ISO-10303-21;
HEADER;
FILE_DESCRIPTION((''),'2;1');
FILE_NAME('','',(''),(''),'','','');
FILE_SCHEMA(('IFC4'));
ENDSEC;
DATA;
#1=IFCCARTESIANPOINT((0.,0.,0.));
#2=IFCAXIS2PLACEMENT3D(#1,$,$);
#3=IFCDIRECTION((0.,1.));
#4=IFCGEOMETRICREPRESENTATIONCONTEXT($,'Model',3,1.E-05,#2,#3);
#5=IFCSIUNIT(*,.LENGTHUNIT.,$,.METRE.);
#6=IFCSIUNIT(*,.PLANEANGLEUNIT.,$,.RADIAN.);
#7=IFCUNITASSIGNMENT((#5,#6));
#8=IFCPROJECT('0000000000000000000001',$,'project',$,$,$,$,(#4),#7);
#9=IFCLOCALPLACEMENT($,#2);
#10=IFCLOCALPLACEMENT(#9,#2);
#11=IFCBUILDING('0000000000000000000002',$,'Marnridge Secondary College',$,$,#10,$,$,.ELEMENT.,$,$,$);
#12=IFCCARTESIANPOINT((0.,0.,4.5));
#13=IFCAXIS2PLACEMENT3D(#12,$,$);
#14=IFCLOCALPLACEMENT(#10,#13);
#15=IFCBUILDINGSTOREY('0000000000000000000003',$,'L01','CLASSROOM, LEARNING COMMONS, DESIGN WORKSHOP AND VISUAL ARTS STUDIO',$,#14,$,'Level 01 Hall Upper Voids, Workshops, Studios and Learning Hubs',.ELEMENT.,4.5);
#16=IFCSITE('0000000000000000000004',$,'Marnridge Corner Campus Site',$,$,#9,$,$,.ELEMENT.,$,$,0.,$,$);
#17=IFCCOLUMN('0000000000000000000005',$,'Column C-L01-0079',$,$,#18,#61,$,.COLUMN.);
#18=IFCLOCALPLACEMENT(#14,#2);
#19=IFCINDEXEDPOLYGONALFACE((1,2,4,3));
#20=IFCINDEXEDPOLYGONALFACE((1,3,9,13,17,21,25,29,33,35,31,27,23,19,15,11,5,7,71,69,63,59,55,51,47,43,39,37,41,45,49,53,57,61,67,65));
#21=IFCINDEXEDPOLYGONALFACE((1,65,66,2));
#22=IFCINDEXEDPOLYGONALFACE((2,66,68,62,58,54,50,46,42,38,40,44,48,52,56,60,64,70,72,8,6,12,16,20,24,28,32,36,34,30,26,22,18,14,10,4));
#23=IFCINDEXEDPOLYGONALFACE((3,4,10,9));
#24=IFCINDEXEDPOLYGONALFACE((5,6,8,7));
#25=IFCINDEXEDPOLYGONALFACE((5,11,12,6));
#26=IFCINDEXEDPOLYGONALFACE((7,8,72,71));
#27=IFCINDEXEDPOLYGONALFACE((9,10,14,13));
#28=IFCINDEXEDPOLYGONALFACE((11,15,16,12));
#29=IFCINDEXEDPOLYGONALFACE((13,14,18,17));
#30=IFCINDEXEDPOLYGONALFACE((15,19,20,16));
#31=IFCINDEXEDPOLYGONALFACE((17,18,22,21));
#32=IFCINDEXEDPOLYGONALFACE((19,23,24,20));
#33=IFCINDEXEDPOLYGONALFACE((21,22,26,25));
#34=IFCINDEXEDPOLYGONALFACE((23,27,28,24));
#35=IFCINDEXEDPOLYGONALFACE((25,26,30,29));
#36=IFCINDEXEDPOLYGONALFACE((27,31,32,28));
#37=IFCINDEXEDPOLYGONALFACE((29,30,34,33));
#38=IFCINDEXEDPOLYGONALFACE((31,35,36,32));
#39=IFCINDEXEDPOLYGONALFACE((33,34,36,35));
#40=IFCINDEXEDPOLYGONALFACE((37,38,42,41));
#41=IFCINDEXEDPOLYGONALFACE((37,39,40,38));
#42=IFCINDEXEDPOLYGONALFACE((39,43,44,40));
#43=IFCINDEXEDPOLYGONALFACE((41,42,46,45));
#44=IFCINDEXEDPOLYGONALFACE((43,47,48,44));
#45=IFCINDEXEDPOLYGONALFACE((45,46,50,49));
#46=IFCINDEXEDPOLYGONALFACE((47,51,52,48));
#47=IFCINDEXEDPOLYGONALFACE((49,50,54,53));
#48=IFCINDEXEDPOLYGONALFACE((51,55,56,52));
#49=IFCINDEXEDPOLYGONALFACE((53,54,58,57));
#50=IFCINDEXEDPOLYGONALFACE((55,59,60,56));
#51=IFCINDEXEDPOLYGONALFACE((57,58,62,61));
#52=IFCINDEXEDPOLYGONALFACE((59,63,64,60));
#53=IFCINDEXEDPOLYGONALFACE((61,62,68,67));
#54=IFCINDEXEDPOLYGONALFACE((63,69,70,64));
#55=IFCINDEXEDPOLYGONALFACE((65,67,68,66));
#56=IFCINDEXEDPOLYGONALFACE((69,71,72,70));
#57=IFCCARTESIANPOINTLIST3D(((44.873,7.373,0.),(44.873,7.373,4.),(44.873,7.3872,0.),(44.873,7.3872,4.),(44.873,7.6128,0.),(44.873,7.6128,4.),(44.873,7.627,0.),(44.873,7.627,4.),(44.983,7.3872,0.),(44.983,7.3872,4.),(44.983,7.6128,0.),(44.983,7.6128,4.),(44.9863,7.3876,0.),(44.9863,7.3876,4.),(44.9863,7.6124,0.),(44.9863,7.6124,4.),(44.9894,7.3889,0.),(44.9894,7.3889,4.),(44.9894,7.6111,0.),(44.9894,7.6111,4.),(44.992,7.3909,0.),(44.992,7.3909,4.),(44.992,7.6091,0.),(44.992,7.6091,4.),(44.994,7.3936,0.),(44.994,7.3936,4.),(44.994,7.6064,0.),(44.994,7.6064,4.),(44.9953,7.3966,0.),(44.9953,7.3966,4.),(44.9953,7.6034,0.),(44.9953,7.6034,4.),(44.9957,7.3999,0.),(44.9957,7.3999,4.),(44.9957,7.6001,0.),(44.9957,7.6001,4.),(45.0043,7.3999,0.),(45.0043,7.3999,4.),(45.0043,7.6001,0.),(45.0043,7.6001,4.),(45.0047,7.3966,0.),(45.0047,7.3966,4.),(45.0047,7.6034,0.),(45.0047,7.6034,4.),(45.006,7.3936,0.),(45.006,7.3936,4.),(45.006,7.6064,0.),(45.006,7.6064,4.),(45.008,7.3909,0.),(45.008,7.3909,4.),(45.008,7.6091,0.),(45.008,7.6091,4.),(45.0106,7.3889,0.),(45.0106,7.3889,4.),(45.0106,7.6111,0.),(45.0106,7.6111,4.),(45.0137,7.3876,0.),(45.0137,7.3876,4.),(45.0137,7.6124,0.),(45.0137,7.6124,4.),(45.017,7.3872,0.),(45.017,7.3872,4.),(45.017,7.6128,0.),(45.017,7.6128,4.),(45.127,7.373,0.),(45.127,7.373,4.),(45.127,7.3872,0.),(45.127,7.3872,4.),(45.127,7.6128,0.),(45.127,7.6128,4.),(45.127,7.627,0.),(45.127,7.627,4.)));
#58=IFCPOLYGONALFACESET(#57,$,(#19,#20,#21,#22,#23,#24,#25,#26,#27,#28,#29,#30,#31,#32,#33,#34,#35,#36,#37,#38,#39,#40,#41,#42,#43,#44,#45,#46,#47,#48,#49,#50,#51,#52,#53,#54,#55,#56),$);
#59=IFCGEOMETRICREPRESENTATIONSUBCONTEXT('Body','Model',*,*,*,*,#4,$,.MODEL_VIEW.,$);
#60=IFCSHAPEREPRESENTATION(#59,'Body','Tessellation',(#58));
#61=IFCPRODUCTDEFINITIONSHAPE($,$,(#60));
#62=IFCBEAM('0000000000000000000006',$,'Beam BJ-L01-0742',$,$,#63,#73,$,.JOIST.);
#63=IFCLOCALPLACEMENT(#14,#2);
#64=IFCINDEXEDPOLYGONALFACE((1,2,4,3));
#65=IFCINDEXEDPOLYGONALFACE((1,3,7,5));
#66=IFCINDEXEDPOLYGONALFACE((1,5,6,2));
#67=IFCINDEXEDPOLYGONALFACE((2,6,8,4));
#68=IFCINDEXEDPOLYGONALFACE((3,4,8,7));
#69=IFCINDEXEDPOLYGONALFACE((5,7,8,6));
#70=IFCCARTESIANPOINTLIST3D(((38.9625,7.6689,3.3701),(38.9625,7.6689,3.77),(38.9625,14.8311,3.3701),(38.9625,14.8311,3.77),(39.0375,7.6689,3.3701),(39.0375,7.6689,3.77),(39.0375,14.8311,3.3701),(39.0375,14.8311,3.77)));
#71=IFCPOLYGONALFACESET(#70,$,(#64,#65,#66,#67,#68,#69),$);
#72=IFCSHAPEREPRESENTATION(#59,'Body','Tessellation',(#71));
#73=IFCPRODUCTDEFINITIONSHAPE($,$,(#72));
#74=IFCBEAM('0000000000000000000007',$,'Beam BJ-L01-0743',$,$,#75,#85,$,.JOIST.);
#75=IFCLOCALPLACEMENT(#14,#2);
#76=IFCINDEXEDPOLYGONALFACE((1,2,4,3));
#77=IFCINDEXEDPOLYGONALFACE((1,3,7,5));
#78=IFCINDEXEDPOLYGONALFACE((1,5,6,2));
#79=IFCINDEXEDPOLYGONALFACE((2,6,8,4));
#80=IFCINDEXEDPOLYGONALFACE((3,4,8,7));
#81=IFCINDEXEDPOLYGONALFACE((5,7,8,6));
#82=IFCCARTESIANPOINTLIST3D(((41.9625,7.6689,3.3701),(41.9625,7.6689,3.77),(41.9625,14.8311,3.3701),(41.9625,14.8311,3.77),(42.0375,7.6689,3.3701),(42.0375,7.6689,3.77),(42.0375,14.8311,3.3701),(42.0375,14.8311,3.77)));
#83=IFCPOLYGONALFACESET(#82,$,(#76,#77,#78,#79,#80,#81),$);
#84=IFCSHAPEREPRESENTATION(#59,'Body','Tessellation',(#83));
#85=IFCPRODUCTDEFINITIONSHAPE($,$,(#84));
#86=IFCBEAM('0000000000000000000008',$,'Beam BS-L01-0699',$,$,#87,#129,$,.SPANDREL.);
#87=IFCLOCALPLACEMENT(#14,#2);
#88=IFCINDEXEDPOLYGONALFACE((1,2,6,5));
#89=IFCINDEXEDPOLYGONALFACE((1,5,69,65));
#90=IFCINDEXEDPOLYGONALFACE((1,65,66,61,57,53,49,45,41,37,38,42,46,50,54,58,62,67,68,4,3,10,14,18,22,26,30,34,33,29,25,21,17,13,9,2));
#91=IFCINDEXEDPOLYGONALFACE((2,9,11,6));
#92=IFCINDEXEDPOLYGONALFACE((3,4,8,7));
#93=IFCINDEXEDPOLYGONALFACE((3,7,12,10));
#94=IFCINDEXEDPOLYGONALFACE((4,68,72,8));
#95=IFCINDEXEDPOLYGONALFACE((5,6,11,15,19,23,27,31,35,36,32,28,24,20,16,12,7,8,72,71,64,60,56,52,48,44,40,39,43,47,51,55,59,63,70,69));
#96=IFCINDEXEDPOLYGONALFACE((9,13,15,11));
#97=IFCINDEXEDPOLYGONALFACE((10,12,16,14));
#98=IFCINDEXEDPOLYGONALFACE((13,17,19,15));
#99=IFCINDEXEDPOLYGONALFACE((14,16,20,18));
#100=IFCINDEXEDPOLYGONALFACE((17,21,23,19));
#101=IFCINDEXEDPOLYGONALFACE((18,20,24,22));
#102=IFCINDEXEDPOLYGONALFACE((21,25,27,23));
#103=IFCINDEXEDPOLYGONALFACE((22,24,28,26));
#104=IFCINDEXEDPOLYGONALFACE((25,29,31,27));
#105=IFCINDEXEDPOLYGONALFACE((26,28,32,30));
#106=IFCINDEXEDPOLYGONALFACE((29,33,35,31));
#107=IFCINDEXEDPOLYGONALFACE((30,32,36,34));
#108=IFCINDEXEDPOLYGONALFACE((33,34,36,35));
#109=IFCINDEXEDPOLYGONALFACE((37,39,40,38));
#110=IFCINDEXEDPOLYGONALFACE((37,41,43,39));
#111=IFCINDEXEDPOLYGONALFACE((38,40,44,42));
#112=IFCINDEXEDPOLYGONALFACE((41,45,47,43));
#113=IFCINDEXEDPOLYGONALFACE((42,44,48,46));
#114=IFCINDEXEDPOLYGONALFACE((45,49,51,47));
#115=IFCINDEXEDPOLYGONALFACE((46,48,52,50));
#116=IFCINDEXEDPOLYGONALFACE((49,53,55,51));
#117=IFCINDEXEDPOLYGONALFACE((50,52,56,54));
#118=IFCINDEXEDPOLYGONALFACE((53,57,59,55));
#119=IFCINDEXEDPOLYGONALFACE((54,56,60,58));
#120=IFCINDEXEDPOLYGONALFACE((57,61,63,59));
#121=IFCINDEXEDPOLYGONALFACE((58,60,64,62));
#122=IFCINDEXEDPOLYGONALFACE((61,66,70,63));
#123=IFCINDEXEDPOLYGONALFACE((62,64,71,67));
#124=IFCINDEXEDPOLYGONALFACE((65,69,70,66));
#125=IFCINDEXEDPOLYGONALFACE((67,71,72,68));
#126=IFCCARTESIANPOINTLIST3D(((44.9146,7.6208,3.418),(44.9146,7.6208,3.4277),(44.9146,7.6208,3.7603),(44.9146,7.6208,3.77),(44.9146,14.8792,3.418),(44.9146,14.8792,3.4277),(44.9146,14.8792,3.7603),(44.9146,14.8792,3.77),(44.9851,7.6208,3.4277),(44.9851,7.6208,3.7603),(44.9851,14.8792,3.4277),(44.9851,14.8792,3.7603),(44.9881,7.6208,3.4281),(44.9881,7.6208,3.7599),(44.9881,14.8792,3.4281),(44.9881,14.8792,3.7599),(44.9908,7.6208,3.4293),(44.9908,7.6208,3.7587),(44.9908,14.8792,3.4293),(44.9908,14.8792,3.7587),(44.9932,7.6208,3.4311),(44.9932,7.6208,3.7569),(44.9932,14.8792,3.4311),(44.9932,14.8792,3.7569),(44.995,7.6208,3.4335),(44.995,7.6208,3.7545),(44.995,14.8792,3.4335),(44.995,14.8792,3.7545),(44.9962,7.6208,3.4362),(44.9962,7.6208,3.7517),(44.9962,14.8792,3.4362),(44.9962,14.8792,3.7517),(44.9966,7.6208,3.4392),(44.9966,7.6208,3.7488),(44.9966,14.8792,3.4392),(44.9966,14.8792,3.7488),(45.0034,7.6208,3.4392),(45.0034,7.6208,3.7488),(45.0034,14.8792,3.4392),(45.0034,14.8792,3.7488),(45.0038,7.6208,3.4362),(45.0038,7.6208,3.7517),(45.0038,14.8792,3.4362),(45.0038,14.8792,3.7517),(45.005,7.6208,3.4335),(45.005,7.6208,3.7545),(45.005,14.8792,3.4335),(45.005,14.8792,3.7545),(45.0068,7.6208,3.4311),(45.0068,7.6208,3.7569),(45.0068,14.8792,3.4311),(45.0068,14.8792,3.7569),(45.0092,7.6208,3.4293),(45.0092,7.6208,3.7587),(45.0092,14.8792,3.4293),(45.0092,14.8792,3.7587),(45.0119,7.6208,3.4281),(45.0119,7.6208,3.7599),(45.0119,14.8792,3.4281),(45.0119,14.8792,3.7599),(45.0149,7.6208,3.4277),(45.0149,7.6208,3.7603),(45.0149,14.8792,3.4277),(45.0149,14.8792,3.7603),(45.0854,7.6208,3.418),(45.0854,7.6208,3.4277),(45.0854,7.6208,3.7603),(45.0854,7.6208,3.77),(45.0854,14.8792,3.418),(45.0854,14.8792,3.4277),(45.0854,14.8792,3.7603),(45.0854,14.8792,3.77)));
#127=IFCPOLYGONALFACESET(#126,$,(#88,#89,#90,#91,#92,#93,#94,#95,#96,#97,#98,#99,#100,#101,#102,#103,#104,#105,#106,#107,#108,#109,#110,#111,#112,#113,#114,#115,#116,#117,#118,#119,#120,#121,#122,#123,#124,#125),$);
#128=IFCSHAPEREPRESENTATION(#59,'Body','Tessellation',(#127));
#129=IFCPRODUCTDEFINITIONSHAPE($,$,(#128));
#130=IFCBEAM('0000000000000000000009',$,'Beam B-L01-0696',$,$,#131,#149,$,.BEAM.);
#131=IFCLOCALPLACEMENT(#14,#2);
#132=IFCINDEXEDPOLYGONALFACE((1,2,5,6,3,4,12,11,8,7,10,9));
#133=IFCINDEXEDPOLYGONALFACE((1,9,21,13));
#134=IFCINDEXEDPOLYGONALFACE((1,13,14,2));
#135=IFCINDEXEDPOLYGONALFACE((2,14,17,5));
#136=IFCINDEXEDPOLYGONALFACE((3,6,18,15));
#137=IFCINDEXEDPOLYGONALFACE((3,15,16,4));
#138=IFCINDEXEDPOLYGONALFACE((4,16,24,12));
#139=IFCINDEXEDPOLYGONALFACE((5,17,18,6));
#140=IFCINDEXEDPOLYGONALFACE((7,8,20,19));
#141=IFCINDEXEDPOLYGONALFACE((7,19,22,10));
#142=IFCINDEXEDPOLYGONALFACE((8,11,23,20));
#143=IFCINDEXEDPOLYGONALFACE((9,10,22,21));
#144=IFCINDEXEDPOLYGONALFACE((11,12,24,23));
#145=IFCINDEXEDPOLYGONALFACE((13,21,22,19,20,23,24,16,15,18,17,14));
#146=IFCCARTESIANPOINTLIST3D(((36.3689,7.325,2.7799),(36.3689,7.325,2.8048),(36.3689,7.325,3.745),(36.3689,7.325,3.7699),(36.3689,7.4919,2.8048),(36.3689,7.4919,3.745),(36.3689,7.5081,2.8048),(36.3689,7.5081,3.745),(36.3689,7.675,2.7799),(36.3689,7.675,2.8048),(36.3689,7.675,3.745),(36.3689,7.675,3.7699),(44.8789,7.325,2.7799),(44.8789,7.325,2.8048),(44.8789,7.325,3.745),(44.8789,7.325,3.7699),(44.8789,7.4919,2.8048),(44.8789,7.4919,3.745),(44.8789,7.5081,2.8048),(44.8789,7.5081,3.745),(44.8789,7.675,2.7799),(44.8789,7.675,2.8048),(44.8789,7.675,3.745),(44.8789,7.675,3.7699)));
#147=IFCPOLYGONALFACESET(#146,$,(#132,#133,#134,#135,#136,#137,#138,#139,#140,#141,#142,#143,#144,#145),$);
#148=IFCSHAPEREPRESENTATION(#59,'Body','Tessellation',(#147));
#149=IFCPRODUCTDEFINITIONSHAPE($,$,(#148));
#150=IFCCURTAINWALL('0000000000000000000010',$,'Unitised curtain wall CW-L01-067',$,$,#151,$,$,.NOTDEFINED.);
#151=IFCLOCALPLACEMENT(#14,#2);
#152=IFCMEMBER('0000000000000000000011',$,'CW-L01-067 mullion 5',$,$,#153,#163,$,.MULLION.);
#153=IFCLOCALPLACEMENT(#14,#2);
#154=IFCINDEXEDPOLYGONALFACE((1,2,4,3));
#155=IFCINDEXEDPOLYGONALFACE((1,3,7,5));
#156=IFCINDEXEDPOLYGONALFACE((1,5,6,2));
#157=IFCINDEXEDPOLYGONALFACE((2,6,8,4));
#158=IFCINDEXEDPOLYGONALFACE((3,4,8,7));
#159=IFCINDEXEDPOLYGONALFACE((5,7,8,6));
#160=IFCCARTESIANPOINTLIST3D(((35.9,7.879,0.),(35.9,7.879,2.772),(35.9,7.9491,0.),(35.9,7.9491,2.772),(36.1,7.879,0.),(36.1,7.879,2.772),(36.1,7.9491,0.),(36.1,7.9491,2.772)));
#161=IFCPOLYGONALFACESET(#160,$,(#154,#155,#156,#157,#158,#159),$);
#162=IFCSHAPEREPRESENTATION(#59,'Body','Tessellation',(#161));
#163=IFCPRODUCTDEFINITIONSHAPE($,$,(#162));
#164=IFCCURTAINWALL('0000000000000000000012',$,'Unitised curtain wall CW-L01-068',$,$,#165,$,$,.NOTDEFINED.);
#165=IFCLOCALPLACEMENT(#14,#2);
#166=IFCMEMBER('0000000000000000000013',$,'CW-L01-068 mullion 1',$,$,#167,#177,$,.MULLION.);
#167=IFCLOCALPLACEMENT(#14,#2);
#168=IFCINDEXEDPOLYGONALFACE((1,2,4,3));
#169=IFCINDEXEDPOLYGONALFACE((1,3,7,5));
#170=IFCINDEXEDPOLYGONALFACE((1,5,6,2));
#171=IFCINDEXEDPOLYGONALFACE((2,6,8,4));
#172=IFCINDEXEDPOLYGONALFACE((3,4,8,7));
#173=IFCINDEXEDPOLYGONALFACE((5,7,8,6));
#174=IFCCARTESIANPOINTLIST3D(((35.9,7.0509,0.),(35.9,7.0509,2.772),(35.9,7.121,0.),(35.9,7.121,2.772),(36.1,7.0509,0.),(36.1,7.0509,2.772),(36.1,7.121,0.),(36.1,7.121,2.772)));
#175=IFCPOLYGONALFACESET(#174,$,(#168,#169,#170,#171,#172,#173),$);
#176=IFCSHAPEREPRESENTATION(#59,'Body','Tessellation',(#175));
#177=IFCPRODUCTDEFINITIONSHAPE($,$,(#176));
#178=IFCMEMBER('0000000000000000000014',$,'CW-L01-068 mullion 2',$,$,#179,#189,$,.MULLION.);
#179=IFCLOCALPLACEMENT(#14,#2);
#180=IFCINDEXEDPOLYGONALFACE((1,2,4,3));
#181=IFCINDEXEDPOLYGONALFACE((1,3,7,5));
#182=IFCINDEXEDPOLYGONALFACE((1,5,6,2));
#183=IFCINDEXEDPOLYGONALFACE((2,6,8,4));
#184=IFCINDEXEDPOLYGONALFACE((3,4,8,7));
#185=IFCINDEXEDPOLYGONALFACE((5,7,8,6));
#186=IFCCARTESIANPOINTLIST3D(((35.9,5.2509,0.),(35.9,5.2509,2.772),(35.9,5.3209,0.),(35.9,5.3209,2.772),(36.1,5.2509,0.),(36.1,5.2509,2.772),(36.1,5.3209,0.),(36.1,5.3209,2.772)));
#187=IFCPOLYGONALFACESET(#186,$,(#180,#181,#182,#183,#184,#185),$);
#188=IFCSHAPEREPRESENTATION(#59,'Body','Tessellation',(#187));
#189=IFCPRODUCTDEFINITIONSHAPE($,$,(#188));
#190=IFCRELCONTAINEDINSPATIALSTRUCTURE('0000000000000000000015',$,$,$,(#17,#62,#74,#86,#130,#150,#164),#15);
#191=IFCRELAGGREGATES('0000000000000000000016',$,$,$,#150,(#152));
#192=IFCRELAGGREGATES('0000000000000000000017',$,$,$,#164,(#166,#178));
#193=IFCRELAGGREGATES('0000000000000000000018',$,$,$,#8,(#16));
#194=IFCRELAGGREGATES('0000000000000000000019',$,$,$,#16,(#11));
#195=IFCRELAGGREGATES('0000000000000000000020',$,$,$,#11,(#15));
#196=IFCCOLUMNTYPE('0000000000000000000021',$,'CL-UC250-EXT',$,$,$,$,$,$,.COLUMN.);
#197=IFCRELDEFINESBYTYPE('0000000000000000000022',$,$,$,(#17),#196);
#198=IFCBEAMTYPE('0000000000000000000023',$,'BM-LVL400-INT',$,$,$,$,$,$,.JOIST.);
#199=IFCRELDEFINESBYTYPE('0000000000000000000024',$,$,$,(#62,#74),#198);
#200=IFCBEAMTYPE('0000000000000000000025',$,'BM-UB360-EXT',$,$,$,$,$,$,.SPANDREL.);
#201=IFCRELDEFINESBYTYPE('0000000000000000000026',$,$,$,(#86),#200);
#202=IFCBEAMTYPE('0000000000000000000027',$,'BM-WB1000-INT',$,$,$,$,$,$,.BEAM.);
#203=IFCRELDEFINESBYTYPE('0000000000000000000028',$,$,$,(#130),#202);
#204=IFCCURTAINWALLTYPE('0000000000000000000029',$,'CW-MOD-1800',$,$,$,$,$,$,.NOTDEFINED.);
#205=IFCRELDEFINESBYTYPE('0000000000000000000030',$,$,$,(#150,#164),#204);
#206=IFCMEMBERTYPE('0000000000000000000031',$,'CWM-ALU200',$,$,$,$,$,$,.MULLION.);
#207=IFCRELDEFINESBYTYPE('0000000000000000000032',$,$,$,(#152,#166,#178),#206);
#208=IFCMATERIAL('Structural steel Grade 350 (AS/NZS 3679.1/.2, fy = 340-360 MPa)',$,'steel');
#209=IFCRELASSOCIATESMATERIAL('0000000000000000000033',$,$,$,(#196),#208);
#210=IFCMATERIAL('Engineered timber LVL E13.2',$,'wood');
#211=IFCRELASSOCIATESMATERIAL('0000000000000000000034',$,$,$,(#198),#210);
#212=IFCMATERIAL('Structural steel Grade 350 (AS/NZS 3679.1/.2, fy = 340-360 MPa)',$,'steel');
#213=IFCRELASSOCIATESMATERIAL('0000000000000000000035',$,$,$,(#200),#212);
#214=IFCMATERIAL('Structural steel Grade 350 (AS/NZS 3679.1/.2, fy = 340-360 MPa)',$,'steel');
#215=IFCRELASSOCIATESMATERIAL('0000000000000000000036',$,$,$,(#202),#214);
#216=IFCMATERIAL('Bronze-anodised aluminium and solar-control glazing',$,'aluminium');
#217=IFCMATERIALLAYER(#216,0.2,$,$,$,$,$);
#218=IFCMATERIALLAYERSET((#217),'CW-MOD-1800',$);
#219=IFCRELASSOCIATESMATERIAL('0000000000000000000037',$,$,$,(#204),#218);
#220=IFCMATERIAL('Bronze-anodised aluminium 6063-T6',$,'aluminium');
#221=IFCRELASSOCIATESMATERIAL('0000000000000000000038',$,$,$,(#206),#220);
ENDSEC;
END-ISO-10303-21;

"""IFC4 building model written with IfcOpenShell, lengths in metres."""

from ifc_helpers import new_model, si_unit, direction, frame, origin, origin_2d, place, context, subcontext, project, spatial, rectangle, i_section, extrude, material, layer, layer_set, material_profile, profile_set, type_object, element, aggregate, save


model = new_model("IFC4")

# Units and contexts
model_context = context("Model", 3, precision=1e-05, world=origin(), true_north=direction((0.0, 1.0)))
body_context = subcontext(model_context, "Body", "Model", "MODEL_VIEW")
ifc_project = project(units=[si_unit("LENGTHUNIT", "METRE"), si_unit("PLANEANGLEUNIT", "RADIAN")], contexts=[model_context])

# Site, building, storey
site_placement = place(None, origin())
site = spatial("IfcSite", under=ifc_project, at=site_placement, Name="Marnridge Corner Campus Site", CompositionType="ELEMENT", RefElevation=0.0)
building_placement = place(site_placement, origin())
building = spatial("IfcBuilding", under=site, at=building_placement, Name="Marnridge Secondary College", CompositionType="ELEMENT")
storey_placement = place(building_placement, frame((0.0, 0.0, 4.5)))
storey = spatial("IfcBuildingStorey", under=building, at=storey_placement, Name="L01", Description="CLASSROOM, LEARNING COMMONS, DESIGN WORKSHOP AND VISUAL ARTS STUDIO", LongName="Level 01 Hall Upper Voids, Workshops, Studios and Learning Hubs", CompositionType="ELEMENT", Elevation=4.5)

# Column
ifc_material_1 = material(Name="Structural steel Grade 350 (AS/NZS 3679.1/.2, fy = 340-360 MPa)", Category="steel")
ifc_material_profile_1 = material_profile(ifc_material_1, i_section(OverallWidth=0.2539, OverallDepth=0.2539, WebThickness=0.0085, FlangeThickness=0.0142, FilletRadius=0.0127, at=origin_2d()), Name="250UC72.9")
ifc_profile_set_1 = profile_set([ifc_material_profile_1], Name="Structural steel Grade 350 (AS/NZS 3679.1/.2, fy = 340-360 MPa)")
column_type = type_object("IfcColumnType", Name="CL-UC250-EXT", PredefinedType="COLUMN", material=ifc_profile_set_1)
column_placement = place(storey_placement, frame((45.0, 7.5, 0.0), z_axis=(0.0, 0.0, 1.0), x_axis=(1.0, 0.0, 0.0)))
element("IfcColumn", 1, at=column_placement, inside=storey, type_object=column_type, Name="Column C-L01-0079", PredefinedType="COLUMN", context=body_context, shape_type="SweptSolid", body=[
    extrude(i_section(OverallWidth=0.2539, OverallDepth=0.2539, WebThickness=0.0085, FlangeThickness=0.0142, FilletRadius=0.0127, at=origin_2d()), origin(), (0.0, 0.0, 1.0), 4.0),
])

# Beams
ifc_material_2 = material(Name="Engineered timber LVL E13.2", Category="wood")
ifc_material_profile_2 = material_profile(ifc_material_2, rectangle(XDim=0.075, YDim=0.3999, at=origin_2d()), Name="LVL 75x400")
ifc_profile_set_2 = profile_set([ifc_material_profile_2], Name="Engineered timber LVL E13.2")
beam_type_1 = type_object("IfcBeamType", Name="BM-LVL400-INT", PredefinedType="JOIST", material=ifc_profile_set_2)
for number, where, z_axis, x_axis, name in (
    (2, (39.0, 7.6689, 3.5701), (0.0, 1.0, 0.0), (-1.0, 0.0, 0.0), "Beam BJ-L01-0742"),
    (3, (42.0, 7.6689, 3.5701), (0.0, 1.0, 0.0), (-1.0, 0.0, 0.0), "Beam BJ-L01-0743"),
):
    element("IfcBeam", number, at=place(storey_placement, frame(where, z_axis=z_axis, x_axis=x_axis)), inside=storey, type_object=beam_type_1, Name=name, PredefinedType="JOIST", context=body_context, shape_type="SweptSolid", body=[
        extrude(rectangle(XDim=0.075, YDim=0.3999, at=origin_2d()), origin(), (0.0, 0.0, 1.0), 7.1621),
    ])
ifc_material_3 = material(Name="Structural steel Grade 350 (AS/NZS 3679.1/.2, fy = 340-360 MPa)", Category="steel")
ifc_material_profile_3 = material_profile(ifc_material_3, i_section(OverallWidth=0.1709, OverallDepth=0.3521, WebThickness=0.0068, FlangeThickness=0.0098, FilletRadius=0.0115, at=origin_2d()), Name="360UB44.7")
ifc_profile_set_3 = profile_set([ifc_material_profile_3], Name="Structural steel Grade 350 (AS/NZS 3679.1/.2, fy = 340-360 MPa)")
beam_type_2 = type_object("IfcBeamType", Name="BM-UB360-EXT", PredefinedType="SPANDREL", material=ifc_profile_set_3)
beam_1_placement = place(storey_placement, frame((45.0, 7.6208, 3.594), z_axis=(0.0, 1.0, 0.0), x_axis=(-1.0, 0.0, 0.0)))
element("IfcBeam", 4, at=beam_1_placement, inside=storey, type_object=beam_type_2, Name="Beam BS-L01-0699", PredefinedType="SPANDREL", context=body_context, shape_type="SweptSolid", body=[
    extrude(i_section(OverallWidth=0.1709, OverallDepth=0.3521, WebThickness=0.0068, FlangeThickness=0.0098, FilletRadius=0.0115, at=origin_2d()), origin(), (0.0, 0.0, 1.0), 7.2583),
])
ifc_material_4 = material(Name="Structural steel Grade 350 (AS/NZS 3679.1/.2, fy = 340-360 MPa)", Category="steel")
ifc_material_profile_4 = material_profile(ifc_material_4, i_section(OverallWidth=0.3501, OverallDepth=0.99, WebThickness=0.0161, FlangeThickness=0.0249, at=origin_2d()), Name="1000WB258")
ifc_profile_set_4 = profile_set([ifc_material_profile_4], Name="Structural steel Grade 350 (AS/NZS 3679.1/.2, fy = 340-360 MPa)")
beam_type_3 = type_object("IfcBeamType", Name="BM-WB1000-INT", PredefinedType="BEAM", material=ifc_profile_set_4)
beam_2_placement = place(storey_placement, frame((36.3689, 7.5, 3.2749), z_axis=(1.0, 0.0, 0.0), x_axis=(0.0, 1.0, 0.0)))
element("IfcBeam", 5, at=beam_2_placement, inside=storey, type_object=beam_type_3, Name="Beam B-L01-0696", PredefinedType="BEAM", context=body_context, shape_type="SweptSolid", body=[
    extrude(i_section(OverallWidth=0.3501, OverallDepth=0.99, WebThickness=0.0161, FlangeThickness=0.0249, at=origin_2d()), origin(), (0.0, 0.0, 1.0), 8.51),
])

# Curtain wall, member
ifc_material_5 = material(Name="Bronze-anodised aluminium and solar-control glazing", Category="aluminium")
ifc_layer_1 = layer(ifc_material_5, 0.2)
ifc_layer_set_1 = layer_set([ifc_layer_1], Name="CW-MOD-1800")
curtain_wall_type = type_object("IfcCurtainWallType", Name="CW-MOD-1800", PredefinedType="NOTDEFINED", material=ifc_layer_set_1)
curtain_wall_1_placement = place(storey_placement, origin())
curtain_wall_1 = element("IfcCurtainWall", 6, at=curtain_wall_1_placement, inside=storey, type_object=curtain_wall_type, Name="Unitised curtain wall CW-L01-067", PredefinedType="NOTDEFINED")
ifc_material_6 = material(Name="Bronze-anodised aluminium 6063-T6", Category="aluminium")
ifc_material_profile_5 = material_profile(ifc_material_6, rectangle(XDim=0.0701, YDim=0.2, at=origin_2d()), Name="ALU 70x200")
ifc_profile_set_5 = profile_set([ifc_material_profile_5], Name="Bronze-anodised aluminium 6063-T6")
member_type_1 = type_object("IfcMemberType", Name="CWM-ALU200", PredefinedType="MULLION", material=ifc_profile_set_5)
member_1_placement = place(storey_placement, frame((36.0, 7.9141, 0.0), z_axis=(0.0, 0.0, 1.0), x_axis=(0.0, -1.0, 0.0)))
member_1 = element("IfcMember", 7, at=member_1_placement, type_object=member_type_1, Name="CW-L01-067 mullion 5", PredefinedType="MULLION", context=body_context, shape_type="SweptSolid", body=[
    extrude(rectangle(XDim=0.0701, YDim=0.2, at=origin_2d()), origin(), (0.0, 0.0, 1.0), 2.772),
])

# Curtain wall, members
curtain_wall_2_placement = place(storey_placement, origin())
curtain_wall_2 = element("IfcCurtainWall", 8, at=curtain_wall_2_placement, inside=storey, type_object=curtain_wall_type, Name="Unitised curtain wall CW-L01-068", PredefinedType="NOTDEFINED")
member_2_placement = place(storey_placement, frame((36.0, 7.0859, 0.0), z_axis=(0.0, 0.0, 1.0), x_axis=(0.0, -1.0, 0.0)))
member_2 = element("IfcMember", 9, at=member_2_placement, type_object=member_type_1, Name="CW-L01-068 mullion 1", PredefinedType="MULLION", context=body_context, shape_type="SweptSolid", body=[
    extrude(rectangle(XDim=0.0701, YDim=0.2, at=origin_2d()), origin(), (0.0, 0.0, 1.0), 2.772),
])
member_3_placement = place(storey_placement, frame((36.0, 5.2859, 0.0), z_axis=(0.0, 0.0, 1.0), x_axis=(0.0, -1.0, 0.0)))
member_3 = element("IfcMember", 10, at=member_3_placement, type_object=member_type_1, Name="CW-L01-068 mullion 2", PredefinedType="MULLION", context=body_context, shape_type="SweptSolid", body=[
    extrude(rectangle(XDim=0.0701, YDim=0.2, at=origin_2d()), origin(), (0.0, 0.0, 1.0), 2.772),
])

aggregate(curtain_wall_1, [member_1])
aggregate(curtain_wall_2, [member_2, member_3])

save(model, "model.ifc")
